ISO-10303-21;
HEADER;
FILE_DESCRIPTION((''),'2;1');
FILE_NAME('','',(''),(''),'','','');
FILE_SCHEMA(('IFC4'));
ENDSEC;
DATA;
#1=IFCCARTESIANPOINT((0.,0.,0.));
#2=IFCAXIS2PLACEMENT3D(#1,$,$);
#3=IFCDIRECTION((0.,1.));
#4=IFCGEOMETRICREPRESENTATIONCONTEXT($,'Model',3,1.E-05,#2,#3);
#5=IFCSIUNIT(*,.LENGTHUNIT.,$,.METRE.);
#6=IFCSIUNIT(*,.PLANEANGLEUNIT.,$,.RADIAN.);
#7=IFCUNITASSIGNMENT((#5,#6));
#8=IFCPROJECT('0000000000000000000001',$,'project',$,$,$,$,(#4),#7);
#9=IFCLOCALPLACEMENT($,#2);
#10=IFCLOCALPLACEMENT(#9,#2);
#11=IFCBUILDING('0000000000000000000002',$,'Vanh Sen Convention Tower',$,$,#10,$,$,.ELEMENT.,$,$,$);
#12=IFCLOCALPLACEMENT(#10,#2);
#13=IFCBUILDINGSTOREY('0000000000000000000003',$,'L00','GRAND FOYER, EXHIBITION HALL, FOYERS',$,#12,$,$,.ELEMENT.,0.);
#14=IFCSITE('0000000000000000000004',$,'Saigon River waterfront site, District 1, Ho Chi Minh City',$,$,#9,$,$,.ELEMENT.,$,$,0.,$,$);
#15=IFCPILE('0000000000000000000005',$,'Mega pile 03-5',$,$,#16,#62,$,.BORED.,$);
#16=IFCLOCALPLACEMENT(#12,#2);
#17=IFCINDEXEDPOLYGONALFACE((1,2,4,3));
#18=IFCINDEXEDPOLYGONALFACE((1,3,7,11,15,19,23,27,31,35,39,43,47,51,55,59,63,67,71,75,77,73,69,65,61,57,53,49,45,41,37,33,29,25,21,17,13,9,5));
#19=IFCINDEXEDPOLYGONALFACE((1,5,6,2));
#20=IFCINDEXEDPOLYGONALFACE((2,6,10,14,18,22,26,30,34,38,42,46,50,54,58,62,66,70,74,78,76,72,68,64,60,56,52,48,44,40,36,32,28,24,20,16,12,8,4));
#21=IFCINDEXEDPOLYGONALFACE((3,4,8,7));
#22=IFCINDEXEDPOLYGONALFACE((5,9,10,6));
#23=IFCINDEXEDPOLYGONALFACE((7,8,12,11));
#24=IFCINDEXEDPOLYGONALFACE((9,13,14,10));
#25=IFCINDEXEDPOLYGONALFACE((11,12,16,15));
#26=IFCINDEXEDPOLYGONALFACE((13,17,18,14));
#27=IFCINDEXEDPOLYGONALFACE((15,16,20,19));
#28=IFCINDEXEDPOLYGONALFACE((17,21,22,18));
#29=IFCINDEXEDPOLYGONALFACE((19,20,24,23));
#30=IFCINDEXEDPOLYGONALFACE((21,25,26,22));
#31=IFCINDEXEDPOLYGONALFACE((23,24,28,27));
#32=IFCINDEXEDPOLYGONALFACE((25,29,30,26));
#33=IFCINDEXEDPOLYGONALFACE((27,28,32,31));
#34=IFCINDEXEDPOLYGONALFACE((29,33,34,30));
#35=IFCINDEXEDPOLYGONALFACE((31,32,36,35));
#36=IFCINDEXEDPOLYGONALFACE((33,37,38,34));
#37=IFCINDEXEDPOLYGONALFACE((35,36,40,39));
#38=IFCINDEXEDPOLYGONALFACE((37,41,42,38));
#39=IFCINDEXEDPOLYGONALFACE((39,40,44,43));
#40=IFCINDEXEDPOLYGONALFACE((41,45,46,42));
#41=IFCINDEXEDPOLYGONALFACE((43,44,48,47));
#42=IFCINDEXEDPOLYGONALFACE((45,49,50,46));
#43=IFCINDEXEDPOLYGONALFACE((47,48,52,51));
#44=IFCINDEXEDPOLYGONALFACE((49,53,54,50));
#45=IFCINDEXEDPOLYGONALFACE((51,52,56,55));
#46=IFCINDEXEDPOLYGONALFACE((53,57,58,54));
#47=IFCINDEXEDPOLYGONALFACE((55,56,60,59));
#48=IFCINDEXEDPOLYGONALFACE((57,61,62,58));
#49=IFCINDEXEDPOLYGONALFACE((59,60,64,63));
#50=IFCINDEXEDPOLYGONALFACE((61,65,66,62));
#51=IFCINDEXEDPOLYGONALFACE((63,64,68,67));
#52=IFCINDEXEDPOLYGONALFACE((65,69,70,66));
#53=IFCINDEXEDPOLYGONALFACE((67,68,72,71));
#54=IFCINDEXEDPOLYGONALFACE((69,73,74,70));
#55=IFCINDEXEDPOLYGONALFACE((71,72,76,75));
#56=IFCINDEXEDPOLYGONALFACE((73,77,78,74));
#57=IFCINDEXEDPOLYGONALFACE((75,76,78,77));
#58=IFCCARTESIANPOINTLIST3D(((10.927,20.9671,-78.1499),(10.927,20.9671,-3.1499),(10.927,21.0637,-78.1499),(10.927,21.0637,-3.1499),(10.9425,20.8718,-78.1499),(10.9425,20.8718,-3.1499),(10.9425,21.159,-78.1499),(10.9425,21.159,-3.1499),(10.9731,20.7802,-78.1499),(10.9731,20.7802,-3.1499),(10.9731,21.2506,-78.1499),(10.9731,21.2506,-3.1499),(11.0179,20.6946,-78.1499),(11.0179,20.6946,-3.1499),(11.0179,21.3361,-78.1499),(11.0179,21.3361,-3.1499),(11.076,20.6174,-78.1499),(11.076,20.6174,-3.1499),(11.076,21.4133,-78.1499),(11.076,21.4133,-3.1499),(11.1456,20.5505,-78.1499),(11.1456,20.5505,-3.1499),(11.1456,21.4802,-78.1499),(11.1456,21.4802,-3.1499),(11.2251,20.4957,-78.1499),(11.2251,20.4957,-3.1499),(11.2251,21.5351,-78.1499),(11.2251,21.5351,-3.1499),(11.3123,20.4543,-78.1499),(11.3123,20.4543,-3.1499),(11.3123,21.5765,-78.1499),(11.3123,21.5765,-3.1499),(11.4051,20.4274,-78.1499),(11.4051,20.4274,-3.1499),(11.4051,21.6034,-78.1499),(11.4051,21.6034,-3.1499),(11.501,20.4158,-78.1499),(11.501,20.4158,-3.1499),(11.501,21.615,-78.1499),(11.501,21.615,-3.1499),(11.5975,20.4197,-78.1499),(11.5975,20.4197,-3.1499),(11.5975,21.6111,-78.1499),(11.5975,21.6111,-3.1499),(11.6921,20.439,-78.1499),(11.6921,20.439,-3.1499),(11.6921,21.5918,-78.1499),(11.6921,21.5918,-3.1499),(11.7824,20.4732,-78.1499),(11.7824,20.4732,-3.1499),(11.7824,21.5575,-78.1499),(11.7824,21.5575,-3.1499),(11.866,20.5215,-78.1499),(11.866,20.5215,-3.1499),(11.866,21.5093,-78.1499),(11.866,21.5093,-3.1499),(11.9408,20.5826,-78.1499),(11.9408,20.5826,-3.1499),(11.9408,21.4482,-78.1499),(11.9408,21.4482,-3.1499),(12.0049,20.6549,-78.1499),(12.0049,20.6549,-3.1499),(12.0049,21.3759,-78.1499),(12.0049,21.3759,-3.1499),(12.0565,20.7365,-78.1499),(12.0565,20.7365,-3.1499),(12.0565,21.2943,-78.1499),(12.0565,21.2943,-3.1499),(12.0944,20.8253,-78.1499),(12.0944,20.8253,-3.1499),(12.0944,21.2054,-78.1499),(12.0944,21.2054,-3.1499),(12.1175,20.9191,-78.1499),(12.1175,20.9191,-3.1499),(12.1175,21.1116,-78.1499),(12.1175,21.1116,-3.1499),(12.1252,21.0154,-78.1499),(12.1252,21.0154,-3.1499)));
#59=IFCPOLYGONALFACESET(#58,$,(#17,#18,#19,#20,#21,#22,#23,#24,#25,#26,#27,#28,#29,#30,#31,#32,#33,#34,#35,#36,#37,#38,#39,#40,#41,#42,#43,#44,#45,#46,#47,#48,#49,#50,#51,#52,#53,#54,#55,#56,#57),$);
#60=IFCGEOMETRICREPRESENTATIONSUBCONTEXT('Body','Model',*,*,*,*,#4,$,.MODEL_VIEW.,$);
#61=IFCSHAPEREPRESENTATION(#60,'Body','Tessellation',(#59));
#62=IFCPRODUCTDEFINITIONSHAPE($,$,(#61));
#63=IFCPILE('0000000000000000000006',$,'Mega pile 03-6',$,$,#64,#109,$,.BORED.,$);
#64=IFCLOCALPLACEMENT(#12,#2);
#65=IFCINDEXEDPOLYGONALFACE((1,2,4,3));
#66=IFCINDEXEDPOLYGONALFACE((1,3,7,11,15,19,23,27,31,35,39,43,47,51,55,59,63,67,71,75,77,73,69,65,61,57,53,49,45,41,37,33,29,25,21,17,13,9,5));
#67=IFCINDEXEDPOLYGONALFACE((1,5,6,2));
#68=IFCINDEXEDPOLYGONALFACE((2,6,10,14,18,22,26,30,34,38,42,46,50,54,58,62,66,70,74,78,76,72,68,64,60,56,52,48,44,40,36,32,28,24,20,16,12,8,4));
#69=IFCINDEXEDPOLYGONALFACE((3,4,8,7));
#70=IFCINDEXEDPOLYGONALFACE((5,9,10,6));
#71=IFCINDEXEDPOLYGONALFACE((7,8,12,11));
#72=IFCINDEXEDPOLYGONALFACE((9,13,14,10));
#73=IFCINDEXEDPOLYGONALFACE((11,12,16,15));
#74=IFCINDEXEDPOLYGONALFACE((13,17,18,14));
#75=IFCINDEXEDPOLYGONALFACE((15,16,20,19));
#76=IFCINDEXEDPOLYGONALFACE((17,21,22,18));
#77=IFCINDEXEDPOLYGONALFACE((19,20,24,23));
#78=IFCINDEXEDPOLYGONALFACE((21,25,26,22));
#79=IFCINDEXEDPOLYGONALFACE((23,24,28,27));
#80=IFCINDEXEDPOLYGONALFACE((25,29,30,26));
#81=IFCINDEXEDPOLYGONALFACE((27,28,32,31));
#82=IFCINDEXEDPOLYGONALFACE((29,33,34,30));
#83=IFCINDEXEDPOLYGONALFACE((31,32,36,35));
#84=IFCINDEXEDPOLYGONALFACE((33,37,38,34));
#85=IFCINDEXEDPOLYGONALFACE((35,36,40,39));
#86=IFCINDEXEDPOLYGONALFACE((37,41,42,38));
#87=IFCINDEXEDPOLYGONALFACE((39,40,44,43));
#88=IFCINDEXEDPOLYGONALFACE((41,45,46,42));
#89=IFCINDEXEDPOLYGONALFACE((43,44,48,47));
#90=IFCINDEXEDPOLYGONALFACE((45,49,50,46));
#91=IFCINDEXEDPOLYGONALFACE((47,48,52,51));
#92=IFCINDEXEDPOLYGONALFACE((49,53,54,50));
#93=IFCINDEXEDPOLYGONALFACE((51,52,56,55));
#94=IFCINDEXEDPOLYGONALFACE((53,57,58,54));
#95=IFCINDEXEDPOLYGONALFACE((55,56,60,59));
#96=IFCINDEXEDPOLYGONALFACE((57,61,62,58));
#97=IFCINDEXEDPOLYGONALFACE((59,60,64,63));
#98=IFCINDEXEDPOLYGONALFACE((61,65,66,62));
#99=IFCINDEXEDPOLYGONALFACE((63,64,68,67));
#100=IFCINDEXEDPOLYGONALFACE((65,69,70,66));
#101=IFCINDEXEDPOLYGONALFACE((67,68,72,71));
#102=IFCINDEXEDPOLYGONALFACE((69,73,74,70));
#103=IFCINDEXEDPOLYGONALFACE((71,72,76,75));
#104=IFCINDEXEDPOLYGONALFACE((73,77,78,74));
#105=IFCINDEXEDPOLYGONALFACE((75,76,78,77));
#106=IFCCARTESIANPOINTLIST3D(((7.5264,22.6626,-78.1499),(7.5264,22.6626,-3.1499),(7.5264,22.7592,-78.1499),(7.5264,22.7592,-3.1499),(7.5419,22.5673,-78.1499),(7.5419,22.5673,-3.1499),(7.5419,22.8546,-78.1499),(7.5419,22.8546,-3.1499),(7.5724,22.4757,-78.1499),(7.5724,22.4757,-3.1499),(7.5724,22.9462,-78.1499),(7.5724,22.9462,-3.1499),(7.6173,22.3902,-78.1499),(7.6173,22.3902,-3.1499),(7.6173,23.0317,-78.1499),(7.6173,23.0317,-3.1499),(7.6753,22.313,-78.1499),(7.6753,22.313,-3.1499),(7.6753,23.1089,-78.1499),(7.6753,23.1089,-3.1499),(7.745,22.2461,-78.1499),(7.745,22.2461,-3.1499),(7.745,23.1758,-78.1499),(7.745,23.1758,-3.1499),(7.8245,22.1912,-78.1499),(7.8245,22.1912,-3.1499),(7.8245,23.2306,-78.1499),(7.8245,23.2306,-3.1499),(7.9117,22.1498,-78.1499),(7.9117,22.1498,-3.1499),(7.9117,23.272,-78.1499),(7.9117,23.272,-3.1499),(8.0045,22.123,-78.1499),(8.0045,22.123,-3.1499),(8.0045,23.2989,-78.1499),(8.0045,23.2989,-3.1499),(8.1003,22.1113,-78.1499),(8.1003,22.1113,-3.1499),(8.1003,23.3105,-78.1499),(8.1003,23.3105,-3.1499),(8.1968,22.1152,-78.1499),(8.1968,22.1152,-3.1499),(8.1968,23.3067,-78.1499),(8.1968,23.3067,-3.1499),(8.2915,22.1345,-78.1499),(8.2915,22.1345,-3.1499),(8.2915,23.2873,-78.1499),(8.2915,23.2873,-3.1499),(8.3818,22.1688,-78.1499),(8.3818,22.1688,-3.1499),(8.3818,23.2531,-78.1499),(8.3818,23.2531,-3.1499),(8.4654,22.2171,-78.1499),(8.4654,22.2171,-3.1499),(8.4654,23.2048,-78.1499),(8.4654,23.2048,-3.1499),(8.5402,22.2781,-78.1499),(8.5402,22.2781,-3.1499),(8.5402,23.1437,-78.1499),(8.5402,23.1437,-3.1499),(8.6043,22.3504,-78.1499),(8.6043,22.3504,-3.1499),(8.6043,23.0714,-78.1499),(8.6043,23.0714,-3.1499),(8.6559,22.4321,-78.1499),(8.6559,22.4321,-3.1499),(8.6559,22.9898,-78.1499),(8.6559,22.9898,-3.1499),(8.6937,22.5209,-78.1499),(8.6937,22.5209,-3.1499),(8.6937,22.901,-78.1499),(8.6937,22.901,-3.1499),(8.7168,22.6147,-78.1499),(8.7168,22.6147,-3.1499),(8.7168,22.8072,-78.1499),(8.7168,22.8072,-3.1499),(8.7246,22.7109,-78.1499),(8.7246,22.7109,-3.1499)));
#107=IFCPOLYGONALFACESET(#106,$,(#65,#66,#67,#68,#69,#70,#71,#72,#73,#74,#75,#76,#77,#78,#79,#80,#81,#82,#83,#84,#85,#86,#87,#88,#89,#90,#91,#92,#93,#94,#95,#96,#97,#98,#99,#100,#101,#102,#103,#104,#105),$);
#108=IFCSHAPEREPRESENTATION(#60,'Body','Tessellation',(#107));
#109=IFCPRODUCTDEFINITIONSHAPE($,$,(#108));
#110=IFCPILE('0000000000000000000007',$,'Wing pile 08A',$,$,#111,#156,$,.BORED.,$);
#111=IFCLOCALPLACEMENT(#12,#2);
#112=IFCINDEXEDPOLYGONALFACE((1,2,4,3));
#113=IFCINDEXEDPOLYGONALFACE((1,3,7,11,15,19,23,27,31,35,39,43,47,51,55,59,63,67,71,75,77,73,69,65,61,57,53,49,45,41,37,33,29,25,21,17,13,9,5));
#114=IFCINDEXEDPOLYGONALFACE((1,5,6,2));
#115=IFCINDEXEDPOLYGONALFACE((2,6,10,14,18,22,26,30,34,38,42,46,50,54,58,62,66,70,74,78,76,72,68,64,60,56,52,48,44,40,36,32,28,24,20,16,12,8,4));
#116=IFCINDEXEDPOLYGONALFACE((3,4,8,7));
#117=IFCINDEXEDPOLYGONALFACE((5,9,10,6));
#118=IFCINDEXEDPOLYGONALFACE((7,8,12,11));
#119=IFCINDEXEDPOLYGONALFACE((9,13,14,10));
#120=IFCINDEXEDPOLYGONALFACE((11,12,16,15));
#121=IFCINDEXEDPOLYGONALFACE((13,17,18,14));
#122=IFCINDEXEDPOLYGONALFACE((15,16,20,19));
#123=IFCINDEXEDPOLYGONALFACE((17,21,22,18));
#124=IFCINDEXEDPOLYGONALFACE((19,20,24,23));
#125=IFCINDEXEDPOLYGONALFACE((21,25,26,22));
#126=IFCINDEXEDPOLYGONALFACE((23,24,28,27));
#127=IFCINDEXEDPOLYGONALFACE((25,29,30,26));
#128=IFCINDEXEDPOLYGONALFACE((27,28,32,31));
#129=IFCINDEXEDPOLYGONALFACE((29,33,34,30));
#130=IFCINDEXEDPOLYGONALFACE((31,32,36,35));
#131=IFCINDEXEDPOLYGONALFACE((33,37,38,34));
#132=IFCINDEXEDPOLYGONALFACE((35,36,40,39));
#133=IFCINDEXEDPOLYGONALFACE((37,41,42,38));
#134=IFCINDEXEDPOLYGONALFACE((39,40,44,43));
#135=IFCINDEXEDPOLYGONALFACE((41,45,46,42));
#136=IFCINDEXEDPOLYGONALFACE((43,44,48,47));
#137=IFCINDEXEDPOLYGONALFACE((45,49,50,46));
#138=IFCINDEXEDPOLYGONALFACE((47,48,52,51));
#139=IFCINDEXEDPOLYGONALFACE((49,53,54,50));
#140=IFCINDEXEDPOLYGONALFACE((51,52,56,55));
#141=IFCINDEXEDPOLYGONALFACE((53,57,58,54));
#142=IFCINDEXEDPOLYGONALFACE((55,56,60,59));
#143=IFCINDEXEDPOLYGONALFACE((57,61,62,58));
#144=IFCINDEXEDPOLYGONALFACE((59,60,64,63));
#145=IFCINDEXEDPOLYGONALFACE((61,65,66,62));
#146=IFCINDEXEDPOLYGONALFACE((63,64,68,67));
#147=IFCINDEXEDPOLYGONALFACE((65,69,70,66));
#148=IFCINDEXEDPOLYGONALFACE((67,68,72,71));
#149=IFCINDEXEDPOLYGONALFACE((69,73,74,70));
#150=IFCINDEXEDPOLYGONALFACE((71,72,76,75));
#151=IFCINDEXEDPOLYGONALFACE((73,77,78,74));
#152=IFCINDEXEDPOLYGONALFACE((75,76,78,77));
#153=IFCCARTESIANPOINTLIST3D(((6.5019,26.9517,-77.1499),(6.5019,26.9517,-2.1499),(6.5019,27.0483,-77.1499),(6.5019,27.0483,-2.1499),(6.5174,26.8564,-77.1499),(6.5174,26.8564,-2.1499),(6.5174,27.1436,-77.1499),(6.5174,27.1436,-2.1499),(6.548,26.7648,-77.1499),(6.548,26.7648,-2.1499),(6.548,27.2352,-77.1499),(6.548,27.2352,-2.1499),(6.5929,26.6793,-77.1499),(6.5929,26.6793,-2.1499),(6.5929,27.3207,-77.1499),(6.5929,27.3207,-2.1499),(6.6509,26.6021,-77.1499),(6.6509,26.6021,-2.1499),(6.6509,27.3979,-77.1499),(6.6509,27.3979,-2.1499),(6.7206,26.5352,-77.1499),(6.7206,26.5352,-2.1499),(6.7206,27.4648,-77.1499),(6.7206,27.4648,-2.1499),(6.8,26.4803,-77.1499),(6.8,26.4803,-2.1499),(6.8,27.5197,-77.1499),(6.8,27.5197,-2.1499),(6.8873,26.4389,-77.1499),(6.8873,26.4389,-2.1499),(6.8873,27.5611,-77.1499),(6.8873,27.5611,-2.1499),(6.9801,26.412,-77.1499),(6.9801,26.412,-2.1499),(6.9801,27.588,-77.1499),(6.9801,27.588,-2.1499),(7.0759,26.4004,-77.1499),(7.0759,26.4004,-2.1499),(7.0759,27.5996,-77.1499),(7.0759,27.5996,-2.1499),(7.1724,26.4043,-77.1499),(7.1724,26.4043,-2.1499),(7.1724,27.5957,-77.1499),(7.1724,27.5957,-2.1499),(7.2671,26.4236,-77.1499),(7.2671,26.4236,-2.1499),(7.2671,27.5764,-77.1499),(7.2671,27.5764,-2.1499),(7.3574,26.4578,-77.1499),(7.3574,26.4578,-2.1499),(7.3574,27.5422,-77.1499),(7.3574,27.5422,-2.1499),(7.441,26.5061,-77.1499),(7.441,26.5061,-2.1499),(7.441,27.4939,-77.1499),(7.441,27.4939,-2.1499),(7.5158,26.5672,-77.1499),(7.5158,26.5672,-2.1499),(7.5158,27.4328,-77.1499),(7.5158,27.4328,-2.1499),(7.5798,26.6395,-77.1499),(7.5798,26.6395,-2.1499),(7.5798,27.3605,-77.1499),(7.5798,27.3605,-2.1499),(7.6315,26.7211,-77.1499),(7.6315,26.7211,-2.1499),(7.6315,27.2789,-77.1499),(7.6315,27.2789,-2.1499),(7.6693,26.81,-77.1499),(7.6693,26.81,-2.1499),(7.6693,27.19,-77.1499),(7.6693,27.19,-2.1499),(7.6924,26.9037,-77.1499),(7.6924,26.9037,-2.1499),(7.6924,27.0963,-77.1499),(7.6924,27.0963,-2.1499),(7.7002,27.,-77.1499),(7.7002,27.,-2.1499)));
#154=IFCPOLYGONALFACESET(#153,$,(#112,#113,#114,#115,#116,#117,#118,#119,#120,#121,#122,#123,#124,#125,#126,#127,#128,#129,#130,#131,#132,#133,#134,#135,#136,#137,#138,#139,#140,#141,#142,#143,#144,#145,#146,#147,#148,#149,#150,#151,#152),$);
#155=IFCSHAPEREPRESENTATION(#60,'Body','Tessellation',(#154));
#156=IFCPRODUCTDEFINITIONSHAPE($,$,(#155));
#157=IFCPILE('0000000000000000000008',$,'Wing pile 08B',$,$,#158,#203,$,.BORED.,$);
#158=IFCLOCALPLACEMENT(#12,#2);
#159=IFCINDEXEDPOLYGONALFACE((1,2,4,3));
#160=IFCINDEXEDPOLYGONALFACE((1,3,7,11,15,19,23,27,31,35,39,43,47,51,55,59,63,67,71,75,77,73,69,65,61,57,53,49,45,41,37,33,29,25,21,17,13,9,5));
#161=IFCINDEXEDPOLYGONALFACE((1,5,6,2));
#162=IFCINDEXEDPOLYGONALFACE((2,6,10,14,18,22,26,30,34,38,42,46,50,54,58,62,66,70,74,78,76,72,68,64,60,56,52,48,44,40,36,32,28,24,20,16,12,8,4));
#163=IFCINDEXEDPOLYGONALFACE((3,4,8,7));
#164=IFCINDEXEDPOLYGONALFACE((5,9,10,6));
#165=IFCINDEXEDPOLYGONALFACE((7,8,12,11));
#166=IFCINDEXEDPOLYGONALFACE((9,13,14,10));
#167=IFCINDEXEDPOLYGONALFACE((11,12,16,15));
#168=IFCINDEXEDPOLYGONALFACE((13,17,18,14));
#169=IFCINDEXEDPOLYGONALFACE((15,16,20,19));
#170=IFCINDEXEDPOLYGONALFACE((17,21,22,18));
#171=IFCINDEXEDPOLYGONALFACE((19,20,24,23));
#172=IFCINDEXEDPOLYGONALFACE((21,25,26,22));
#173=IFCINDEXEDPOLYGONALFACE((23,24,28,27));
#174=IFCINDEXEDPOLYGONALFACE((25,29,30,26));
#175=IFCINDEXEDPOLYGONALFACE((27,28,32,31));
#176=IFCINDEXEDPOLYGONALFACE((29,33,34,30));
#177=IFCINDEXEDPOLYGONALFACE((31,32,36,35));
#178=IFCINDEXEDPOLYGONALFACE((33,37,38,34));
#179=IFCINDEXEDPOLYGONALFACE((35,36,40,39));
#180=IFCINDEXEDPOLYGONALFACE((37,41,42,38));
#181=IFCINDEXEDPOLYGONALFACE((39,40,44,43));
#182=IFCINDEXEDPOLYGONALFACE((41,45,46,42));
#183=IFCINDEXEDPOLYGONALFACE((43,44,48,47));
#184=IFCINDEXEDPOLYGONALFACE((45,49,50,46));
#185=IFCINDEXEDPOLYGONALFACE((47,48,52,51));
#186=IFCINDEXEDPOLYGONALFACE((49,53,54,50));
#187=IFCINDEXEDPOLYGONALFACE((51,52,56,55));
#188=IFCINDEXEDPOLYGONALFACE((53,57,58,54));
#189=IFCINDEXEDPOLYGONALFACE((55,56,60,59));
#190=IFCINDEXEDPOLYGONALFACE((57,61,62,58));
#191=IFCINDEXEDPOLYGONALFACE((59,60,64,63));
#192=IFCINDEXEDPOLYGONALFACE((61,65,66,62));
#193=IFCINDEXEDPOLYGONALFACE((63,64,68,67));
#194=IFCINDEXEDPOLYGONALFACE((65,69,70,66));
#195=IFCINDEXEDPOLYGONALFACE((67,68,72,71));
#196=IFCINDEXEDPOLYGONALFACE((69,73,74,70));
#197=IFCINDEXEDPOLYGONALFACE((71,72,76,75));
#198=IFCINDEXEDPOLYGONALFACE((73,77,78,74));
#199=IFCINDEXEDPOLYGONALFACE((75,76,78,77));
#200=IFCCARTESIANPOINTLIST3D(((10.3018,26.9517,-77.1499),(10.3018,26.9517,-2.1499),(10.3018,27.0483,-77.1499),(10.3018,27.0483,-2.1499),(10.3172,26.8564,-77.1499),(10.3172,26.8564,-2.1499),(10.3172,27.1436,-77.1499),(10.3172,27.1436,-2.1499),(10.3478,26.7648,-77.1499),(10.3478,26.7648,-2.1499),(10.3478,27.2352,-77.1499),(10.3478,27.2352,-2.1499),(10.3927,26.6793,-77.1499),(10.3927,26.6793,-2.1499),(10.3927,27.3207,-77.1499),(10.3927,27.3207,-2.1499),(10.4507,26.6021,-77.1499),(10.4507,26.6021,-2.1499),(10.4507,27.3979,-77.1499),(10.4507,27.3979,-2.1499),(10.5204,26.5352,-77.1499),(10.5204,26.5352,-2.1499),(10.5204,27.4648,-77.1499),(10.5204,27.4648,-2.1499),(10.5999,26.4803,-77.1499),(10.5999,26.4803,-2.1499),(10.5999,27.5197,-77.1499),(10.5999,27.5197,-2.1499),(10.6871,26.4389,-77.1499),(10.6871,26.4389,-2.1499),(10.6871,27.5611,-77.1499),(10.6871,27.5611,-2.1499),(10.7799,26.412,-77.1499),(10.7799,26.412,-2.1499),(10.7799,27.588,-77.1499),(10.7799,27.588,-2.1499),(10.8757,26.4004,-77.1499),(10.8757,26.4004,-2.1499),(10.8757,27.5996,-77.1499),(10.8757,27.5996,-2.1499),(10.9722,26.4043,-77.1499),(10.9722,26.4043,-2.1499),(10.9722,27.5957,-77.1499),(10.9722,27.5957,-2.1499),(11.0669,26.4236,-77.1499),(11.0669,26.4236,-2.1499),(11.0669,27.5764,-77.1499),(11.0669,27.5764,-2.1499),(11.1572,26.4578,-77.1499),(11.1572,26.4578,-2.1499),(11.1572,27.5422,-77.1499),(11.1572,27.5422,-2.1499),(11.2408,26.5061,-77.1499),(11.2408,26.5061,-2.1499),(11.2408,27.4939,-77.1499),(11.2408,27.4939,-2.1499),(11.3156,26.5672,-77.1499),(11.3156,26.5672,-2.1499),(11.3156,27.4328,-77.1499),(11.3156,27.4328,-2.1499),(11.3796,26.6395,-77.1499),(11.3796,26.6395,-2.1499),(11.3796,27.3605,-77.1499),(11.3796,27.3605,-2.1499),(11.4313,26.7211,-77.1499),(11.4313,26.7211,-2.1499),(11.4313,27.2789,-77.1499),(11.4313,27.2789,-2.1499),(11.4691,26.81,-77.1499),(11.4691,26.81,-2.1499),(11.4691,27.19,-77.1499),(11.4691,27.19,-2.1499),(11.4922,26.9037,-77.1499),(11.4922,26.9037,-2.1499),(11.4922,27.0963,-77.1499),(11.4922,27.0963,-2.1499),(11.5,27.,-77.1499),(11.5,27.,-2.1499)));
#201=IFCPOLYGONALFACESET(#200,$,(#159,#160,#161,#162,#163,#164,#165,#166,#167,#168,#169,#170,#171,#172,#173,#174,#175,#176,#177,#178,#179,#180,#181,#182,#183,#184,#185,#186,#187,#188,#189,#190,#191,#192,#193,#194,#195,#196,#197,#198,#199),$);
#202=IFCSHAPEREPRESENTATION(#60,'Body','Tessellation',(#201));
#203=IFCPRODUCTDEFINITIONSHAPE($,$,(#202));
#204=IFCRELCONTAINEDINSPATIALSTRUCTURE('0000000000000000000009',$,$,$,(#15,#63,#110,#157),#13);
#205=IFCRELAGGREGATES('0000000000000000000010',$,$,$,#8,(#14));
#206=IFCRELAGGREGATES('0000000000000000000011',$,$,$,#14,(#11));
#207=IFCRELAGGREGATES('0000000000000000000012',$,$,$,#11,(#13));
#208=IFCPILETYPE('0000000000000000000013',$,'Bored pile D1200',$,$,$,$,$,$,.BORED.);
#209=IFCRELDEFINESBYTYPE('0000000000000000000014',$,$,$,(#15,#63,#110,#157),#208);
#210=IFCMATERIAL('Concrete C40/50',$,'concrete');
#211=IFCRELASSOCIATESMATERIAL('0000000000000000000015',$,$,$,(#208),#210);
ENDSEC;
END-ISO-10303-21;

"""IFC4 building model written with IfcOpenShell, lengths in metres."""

from ifc_helpers import new_model, si_unit, direction, frame, origin, origin_2d, place, context, subcontext, project, spatial, circle, extrude, material, material_profile, profile_set, type_object, element, save


model = new_model("IFC4")

# Units and contexts
model_context = context("Model", 3, precision=1e-05, world=origin(), true_north=direction((0.0, 1.0)))
body_context = subcontext(model_context, "Body", "Model", "MODEL_VIEW")
ifc_project = project(units=[si_unit("LENGTHUNIT", "METRE"), si_unit("PLANEANGLEUNIT", "RADIAN")], contexts=[model_context])

# Site, building, storey
site_placement = place(None, origin())
site = spatial("IfcSite", under=ifc_project, at=site_placement, Name="Saigon River waterfront site, District 1, Ho Chi Minh City", CompositionType="ELEMENT", RefElevation=0.0)
building_placement = place(site_placement, origin())
building = spatial("IfcBuilding", under=site, at=building_placement, Name="Vanh Sen Convention Tower", CompositionType="ELEMENT")
storey_placement = place(building_placement, origin())
storey = spatial("IfcBuildingStorey", under=building, at=storey_placement, Name="L00", Description="GRAND FOYER, EXHIBITION HALL, FOYERS", CompositionType="ELEMENT", Elevation=0.0)

# Piles
ifc_material_1 = material(Name="Concrete C40/50", Category="concrete")
ifc_material_profile_1 = material_profile(ifc_material_1, circle(Radius=0.6001, at=origin_2d()), Name="Bored pile D1200")
ifc_profile_set_1 = profile_set([ifc_material_profile_1], Name="Concrete C40/50")
pile_type = type_object("IfcPileType", Name="Bored pile D1200", PredefinedType="BORED", material=ifc_profile_set_1)
for number, where, z_axis, x_axis, name in (
    (1, (11.5251, 21.0154, -3.1499), (0.0, 0.0, -1.0), (1.0, 0.0, 0.0), "Mega pile 03-5"),
    (2, (8.1245, 22.7109, -3.1499), (0.0, 0.0, -1.0), (1.0, 0.0, 0.0), "Mega pile 03-6"),
    (3, (7.1001, 27.0, -2.1499), (0.0, 0.0, -1.0), (1.0, 0.0, 0.0), "Wing pile 08A"),
    (4, (10.8999, 27.0, -2.1499), (0.0, 0.0, -1.0), (1.0, 0.0, 0.0), "Wing pile 08B"),
):
    element("IfcPile", number, at=place(storey_placement, frame(where, z_axis=z_axis, x_axis=x_axis)), inside=storey, type_object=pile_type, Name=name, PredefinedType="BORED", context=body_context, shape_type="SweptSolid", body=[
        extrude(circle(Radius=0.6001, at=origin_2d()), origin(), (0.0, 0.0, 1.0), 75.0),
    ])

save(model, "model.ifc")
